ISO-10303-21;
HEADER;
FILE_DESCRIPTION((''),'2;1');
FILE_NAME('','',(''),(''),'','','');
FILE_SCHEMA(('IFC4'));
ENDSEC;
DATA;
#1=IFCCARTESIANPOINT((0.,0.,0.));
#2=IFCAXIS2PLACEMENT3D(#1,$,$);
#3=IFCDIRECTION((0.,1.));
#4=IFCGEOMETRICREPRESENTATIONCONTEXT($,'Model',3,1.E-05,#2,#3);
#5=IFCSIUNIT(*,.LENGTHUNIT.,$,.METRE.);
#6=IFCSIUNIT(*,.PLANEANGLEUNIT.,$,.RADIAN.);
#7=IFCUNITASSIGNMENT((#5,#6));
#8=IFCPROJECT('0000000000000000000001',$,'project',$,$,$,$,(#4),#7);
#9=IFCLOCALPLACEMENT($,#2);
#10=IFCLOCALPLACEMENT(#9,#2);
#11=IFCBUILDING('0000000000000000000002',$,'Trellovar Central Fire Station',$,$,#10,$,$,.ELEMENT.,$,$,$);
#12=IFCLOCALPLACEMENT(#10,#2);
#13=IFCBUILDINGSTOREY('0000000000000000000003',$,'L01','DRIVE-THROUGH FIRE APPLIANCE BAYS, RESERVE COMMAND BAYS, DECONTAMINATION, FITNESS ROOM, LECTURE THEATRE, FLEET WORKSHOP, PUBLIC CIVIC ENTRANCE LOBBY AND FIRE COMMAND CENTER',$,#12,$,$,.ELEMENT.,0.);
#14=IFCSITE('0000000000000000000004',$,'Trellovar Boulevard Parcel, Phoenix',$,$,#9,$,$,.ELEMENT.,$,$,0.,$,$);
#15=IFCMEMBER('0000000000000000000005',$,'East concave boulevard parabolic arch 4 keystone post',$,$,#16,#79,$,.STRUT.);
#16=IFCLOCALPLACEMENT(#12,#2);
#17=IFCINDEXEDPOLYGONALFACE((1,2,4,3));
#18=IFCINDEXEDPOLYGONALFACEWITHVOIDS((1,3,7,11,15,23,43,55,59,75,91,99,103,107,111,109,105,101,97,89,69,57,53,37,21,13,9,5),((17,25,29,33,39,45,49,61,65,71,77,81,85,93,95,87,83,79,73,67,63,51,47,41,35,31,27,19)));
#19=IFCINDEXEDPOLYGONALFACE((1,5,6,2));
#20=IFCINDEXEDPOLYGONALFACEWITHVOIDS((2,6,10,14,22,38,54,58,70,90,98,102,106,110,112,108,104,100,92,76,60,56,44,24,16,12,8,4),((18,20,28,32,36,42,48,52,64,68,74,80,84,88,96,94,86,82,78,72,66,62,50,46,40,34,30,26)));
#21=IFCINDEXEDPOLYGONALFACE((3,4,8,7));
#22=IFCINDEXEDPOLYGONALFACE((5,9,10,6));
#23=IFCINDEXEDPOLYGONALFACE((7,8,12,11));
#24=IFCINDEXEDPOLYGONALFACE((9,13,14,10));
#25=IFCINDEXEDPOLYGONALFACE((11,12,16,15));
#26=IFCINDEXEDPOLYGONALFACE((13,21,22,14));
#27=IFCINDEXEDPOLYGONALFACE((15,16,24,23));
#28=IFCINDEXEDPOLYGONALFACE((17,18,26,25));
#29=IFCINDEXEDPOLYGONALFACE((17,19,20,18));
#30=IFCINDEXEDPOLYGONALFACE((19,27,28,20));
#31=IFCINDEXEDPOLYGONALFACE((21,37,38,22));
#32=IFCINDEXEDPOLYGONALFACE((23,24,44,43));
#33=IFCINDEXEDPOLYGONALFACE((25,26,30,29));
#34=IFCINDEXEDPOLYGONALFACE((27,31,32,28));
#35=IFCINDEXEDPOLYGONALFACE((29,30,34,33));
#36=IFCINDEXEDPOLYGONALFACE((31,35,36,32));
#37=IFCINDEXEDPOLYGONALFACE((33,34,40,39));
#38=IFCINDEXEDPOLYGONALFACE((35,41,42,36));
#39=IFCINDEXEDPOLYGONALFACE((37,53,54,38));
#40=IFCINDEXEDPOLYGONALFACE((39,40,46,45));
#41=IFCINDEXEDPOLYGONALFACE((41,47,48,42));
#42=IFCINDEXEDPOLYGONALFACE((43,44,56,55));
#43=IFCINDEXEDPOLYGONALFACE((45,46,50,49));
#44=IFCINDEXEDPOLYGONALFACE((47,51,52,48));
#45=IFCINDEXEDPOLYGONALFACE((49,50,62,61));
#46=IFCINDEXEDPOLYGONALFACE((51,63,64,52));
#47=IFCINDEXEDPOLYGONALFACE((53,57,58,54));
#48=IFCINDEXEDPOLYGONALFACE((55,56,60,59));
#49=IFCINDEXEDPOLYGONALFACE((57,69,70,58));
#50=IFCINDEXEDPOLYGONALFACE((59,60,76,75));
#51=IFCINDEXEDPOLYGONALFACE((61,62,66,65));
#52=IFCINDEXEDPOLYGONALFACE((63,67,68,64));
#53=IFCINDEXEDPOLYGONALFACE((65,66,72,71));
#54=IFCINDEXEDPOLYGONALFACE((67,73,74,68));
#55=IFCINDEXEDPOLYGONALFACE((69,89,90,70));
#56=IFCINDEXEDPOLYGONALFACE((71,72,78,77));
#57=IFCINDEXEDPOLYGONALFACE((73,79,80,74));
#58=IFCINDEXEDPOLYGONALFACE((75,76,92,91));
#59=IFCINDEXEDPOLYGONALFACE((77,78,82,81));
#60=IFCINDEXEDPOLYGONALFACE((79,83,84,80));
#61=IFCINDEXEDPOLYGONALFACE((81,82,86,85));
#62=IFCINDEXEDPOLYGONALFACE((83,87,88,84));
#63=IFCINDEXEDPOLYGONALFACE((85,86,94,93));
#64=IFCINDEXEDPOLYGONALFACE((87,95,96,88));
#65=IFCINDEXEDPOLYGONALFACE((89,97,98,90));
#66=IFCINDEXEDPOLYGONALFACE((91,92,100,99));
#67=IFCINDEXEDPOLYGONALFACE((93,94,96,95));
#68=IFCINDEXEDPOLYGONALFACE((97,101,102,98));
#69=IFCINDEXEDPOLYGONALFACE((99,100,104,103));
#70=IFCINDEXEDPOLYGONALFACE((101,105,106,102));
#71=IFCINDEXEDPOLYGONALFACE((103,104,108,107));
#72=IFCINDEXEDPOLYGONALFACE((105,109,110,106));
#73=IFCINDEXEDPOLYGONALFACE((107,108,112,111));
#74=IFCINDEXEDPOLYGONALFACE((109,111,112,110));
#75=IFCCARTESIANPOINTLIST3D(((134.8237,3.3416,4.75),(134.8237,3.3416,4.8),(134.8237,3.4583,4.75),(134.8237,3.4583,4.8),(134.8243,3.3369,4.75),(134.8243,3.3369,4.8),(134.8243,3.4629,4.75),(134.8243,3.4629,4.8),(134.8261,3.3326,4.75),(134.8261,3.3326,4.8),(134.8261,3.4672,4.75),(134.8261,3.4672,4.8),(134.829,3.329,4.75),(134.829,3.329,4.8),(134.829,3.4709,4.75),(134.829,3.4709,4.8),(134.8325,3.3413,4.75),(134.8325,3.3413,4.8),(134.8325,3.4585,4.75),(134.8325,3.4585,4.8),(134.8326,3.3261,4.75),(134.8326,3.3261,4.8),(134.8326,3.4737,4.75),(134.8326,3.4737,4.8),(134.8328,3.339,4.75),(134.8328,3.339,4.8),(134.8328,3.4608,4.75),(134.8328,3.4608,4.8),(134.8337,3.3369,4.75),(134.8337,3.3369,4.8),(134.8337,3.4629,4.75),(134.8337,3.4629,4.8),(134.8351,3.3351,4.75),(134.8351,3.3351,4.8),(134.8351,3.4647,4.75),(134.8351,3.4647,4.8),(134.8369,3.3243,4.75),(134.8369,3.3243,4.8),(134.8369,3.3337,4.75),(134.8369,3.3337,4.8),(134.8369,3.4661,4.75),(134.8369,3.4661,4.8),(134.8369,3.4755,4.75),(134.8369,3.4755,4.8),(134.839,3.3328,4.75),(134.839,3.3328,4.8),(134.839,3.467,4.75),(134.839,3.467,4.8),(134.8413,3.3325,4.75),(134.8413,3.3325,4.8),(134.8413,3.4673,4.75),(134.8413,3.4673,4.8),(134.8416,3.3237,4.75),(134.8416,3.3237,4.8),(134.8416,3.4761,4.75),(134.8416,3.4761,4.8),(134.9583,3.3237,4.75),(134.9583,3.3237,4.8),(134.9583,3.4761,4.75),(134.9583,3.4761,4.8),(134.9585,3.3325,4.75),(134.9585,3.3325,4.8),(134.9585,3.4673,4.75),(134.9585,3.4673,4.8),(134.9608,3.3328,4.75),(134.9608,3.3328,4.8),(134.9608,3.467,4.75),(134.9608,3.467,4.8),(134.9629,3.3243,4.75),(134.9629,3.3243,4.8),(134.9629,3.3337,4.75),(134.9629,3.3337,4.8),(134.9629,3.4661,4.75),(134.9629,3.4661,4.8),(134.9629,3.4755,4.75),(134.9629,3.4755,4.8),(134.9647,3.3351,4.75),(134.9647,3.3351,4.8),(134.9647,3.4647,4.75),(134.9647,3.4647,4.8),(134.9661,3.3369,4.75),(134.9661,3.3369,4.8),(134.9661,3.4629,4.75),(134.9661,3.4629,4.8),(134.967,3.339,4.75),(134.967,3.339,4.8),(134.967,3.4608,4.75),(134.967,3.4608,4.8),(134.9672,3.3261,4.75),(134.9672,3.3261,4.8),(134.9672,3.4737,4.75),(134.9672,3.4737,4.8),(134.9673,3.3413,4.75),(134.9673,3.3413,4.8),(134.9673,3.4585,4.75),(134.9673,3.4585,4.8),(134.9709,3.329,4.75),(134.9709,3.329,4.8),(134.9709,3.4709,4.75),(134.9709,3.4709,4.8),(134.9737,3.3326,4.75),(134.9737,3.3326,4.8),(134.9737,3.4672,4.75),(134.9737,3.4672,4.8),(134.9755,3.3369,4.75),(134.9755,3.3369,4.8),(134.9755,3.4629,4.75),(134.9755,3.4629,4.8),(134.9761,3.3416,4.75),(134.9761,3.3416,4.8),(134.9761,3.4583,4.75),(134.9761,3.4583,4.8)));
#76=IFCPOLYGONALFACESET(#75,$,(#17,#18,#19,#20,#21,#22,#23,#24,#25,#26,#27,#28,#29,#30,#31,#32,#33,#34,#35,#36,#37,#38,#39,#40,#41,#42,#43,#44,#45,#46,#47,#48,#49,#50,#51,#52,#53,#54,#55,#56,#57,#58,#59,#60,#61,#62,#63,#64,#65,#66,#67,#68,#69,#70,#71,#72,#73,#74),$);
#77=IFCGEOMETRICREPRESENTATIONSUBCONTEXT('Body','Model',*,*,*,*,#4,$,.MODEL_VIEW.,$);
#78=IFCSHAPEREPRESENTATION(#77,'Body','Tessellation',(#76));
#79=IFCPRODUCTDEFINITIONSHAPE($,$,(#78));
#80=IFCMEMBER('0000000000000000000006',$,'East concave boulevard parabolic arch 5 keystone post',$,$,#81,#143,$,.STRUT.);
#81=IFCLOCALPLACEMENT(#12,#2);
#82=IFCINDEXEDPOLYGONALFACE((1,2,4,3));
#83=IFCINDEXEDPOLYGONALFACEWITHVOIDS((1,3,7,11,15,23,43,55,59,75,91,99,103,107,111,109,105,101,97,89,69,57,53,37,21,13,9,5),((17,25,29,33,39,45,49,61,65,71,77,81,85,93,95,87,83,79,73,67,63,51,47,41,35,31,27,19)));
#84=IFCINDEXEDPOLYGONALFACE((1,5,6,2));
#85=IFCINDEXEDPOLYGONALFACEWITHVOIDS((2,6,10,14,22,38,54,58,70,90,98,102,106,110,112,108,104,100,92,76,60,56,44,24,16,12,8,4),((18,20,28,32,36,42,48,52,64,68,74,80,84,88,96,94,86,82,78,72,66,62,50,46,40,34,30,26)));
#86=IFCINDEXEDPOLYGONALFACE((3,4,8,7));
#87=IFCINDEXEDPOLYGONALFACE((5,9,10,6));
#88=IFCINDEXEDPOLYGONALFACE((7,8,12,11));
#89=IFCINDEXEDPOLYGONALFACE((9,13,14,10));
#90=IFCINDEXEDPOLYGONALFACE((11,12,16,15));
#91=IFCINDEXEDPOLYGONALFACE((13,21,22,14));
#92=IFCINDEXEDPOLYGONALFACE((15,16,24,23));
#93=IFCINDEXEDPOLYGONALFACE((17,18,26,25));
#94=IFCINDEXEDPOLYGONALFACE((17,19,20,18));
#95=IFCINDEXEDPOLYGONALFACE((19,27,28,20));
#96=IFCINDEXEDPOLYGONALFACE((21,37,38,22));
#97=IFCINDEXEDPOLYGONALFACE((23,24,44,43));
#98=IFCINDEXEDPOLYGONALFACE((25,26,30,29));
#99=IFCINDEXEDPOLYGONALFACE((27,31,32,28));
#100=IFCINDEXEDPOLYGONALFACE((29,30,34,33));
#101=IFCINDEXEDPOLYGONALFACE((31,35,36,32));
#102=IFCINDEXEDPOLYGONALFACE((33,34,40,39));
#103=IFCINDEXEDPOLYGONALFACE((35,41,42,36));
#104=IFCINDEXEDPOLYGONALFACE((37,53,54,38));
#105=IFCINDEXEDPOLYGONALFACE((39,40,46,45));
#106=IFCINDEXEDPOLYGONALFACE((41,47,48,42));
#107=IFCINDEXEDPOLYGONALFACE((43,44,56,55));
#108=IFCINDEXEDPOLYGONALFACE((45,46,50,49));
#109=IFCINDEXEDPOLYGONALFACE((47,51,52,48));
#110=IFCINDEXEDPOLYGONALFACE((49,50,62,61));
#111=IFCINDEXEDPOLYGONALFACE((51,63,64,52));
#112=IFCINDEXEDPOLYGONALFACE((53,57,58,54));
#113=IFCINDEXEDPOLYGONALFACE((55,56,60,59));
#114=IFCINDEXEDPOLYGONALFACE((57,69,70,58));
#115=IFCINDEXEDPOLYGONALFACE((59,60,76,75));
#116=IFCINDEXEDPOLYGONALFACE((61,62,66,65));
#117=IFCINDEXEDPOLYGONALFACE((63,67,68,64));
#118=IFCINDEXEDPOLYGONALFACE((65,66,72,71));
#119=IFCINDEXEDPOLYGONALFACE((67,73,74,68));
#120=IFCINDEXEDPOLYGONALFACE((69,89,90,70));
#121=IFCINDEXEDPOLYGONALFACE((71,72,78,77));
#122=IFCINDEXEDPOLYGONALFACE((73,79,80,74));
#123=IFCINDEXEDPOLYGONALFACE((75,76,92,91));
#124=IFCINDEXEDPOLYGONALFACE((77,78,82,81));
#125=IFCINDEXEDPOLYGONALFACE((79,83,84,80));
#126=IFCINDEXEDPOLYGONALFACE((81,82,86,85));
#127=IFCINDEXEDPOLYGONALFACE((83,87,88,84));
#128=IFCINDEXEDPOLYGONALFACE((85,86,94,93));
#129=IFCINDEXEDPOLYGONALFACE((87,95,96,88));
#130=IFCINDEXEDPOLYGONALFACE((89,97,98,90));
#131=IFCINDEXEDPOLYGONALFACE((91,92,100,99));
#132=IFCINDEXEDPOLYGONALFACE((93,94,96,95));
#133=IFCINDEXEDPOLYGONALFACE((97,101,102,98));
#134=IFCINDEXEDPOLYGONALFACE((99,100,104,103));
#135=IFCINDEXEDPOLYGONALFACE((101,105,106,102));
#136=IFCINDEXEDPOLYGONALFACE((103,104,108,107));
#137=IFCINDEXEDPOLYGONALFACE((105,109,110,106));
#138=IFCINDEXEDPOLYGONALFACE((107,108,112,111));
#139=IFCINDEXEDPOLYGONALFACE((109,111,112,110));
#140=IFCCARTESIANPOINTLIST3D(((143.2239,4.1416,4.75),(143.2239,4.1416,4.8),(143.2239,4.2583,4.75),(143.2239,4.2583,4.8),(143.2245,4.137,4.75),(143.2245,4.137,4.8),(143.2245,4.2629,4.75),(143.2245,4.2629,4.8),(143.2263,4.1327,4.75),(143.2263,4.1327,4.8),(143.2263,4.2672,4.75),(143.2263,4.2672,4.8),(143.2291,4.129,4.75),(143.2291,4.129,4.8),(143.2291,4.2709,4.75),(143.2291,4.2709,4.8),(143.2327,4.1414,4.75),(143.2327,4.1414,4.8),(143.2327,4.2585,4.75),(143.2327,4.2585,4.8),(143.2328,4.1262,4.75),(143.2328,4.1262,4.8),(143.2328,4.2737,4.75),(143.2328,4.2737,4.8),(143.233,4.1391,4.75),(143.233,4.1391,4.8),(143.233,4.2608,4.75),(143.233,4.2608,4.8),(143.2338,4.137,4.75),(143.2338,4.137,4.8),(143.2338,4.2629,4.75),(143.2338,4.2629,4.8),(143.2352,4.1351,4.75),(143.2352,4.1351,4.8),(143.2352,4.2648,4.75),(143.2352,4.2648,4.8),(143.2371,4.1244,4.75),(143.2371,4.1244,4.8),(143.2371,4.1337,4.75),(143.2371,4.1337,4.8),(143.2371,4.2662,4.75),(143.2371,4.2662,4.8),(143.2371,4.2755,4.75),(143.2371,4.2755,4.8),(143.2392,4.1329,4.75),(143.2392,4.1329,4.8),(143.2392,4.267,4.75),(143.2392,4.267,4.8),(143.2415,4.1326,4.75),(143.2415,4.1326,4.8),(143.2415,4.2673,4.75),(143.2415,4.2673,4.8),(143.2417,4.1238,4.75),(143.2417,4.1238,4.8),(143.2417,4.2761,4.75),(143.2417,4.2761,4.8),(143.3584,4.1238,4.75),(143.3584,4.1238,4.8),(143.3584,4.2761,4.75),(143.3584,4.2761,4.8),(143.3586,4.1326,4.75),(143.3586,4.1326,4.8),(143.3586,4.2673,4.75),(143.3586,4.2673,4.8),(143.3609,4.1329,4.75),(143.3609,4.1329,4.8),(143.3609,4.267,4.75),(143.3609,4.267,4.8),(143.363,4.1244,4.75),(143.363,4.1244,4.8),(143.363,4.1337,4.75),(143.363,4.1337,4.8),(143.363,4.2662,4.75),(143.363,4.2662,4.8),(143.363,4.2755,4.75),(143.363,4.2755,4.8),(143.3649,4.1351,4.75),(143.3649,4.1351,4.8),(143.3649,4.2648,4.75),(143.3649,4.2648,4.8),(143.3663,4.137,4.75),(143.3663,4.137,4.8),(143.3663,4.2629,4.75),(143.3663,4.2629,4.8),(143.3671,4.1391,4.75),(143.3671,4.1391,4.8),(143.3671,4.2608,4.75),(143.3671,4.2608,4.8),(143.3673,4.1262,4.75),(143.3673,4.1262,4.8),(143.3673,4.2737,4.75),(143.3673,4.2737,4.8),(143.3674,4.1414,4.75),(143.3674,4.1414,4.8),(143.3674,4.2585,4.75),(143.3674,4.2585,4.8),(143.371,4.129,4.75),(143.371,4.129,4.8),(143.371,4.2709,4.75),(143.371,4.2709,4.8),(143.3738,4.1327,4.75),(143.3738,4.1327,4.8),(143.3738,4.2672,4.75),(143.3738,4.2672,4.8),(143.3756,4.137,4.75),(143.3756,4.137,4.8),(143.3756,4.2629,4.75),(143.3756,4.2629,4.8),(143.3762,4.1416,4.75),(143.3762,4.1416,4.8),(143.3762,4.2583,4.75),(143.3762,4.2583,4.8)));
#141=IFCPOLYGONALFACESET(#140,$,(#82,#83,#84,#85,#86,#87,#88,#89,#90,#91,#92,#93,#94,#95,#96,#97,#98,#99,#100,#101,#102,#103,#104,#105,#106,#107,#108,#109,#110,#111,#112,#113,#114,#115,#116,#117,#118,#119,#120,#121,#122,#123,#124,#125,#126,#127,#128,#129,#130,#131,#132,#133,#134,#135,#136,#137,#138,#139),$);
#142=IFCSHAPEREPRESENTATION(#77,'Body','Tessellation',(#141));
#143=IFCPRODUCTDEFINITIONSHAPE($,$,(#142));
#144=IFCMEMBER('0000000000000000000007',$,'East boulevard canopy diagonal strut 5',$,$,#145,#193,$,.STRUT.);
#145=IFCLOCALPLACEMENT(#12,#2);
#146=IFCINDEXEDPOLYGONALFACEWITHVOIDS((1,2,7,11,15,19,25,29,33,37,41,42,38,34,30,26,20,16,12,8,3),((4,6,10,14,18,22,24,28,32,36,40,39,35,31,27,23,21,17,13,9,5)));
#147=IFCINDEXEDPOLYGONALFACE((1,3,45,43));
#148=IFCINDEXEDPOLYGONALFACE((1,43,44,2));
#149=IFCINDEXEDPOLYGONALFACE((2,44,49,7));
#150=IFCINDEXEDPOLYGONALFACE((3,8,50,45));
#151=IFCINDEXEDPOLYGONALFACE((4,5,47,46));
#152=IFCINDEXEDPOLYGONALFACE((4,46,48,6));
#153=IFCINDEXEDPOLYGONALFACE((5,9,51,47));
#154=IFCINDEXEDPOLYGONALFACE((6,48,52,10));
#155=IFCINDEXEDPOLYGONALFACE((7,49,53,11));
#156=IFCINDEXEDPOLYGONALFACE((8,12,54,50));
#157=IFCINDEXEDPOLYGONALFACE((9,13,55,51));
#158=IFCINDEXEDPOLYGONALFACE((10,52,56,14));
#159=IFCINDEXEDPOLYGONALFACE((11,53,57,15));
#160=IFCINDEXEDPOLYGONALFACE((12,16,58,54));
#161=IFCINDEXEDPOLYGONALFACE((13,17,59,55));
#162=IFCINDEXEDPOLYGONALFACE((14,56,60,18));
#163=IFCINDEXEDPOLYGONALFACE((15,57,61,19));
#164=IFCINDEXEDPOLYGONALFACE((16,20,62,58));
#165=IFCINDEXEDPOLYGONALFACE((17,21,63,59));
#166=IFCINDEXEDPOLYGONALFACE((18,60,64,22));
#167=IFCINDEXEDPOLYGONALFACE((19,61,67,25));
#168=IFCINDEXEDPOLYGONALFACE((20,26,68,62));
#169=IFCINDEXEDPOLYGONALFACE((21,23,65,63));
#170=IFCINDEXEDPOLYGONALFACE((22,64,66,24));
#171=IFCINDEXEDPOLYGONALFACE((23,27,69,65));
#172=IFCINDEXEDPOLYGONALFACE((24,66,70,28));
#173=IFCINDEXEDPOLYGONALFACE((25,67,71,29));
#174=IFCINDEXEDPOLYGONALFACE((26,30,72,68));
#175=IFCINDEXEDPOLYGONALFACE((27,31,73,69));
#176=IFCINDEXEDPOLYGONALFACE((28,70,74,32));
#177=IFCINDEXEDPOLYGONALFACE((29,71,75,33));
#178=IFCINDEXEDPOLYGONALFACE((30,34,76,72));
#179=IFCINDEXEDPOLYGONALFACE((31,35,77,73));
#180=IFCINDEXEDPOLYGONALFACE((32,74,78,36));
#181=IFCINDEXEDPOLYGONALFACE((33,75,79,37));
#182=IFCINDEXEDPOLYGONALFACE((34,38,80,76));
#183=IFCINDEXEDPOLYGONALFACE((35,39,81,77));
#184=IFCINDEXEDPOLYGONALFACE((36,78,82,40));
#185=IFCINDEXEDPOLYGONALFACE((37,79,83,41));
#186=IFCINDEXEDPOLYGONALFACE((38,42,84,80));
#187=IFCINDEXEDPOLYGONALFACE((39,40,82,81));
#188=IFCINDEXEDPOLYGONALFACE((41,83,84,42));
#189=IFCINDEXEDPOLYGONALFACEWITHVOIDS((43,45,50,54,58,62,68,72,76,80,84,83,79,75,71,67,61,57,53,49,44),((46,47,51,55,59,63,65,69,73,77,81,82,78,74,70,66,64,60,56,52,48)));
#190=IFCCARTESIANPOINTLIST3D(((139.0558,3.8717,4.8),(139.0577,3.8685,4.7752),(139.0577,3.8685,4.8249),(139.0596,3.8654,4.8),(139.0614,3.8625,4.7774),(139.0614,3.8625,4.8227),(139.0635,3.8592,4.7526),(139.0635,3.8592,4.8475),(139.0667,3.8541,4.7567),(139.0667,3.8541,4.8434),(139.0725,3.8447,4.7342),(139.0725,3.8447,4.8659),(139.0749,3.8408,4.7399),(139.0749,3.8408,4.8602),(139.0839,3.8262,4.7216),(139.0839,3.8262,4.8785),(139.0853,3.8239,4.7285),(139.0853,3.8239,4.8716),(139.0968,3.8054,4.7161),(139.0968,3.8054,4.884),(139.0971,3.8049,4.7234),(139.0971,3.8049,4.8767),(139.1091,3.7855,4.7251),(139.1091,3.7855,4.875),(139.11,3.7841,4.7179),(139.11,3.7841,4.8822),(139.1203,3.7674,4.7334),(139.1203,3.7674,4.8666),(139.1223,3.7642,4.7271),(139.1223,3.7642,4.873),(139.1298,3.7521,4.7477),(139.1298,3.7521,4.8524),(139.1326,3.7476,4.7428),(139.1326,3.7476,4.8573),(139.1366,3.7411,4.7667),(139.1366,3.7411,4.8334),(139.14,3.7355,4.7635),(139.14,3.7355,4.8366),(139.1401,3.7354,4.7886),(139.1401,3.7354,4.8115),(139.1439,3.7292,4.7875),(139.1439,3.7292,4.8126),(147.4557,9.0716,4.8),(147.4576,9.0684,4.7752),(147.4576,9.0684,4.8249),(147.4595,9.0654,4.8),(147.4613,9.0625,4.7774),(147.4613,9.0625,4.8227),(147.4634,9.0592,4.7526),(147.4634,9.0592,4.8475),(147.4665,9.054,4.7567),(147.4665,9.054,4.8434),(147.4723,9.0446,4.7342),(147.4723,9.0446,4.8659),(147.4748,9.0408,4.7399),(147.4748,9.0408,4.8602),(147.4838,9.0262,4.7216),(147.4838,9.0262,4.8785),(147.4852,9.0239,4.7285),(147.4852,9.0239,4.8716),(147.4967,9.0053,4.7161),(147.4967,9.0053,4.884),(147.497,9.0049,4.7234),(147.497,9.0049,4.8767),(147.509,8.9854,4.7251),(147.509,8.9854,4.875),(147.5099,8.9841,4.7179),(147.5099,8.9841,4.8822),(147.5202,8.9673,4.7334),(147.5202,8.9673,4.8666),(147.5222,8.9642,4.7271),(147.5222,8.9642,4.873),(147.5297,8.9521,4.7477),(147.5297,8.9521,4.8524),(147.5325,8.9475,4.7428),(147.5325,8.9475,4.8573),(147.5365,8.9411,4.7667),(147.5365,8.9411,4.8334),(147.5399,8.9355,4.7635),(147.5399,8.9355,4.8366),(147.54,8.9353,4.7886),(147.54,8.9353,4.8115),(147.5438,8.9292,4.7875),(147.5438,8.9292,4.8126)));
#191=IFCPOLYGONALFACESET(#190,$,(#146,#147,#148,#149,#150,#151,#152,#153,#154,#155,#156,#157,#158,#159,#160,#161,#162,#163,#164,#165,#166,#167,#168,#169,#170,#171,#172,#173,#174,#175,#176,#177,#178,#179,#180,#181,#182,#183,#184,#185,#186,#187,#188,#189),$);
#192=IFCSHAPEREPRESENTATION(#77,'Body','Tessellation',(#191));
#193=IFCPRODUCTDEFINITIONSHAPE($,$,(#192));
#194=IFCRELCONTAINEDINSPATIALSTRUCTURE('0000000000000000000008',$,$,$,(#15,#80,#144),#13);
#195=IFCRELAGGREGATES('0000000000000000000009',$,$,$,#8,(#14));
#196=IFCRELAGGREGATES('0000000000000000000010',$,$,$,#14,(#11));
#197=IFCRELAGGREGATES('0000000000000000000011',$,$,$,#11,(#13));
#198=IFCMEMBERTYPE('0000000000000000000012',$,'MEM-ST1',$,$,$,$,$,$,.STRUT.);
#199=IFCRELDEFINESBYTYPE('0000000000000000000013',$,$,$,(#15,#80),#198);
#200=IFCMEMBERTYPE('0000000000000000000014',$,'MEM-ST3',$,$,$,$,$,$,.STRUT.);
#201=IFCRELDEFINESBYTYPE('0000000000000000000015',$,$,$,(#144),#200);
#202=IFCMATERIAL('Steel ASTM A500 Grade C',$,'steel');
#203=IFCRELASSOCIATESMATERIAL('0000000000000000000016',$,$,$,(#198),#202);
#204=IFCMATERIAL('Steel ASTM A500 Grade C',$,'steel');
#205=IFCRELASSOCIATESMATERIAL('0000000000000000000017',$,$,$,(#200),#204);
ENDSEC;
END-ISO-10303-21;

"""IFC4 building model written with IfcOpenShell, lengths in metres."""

from ifc_helpers import new_model, si_unit, direction, frame, origin, origin_2d, place, context, subcontext, project, spatial, hollow_rectangle, hollow_circle, extrude, material, material_profile, profile_set, type_object, element, save


model = new_model("IFC4")

# Units and contexts
model_context = context("Model", 3, precision=1e-05, world=origin(), true_north=direction((0.0, 1.0)))
body_context = subcontext(model_context, "Body", "Model", "MODEL_VIEW")
ifc_project = project(units=[si_unit("LENGTHUNIT", "METRE"), si_unit("PLANEANGLEUNIT", "RADIAN")], contexts=[model_context])

# Site, building, storey
site_placement = place(None, origin())
site = spatial("IfcSite", under=ifc_project, at=site_placement, Name="Trellovar Boulevard Parcel, Phoenix", CompositionType="ELEMENT", RefElevation=0.0)
building_placement = place(site_placement, origin())
building = spatial("IfcBuilding", under=site, at=building_placement, Name="Trellovar Central Fire Station", CompositionType="ELEMENT")
storey_placement = place(building_placement, origin())
storey = spatial("IfcBuildingStorey", under=building, at=storey_placement, Name="L01", Description="DRIVE-THROUGH FIRE APPLIANCE BAYS, RESERVE COMMAND BAYS, DECONTAMINATION, FITNESS ROOM, LECTURE THEATRE, FLEET WORKSHOP, PUBLIC CIVIC ENTRANCE LOBBY AND FIRE COMMAND CENTER", CompositionType="ELEMENT", Elevation=0.0)

# Members
ifc_material_1 = material(Name="Steel ASTM A500 Grade C", Category="steel")
ifc_material_profile_1 = material_profile(ifc_material_1, hollow_rectangle(XDim=0.1523, YDim=0.1523, WallThickness=0.0088, InnerFilletRadius=0.0088, OuterFilletRadius=0.0178, at=origin_2d()), Name="HSS6X6X3/8")
ifc_profile_set_1 = profile_set([ifc_material_profile_1], Name="Steel ASTM A500 Grade C")
member_type_1 = type_object("IfcMemberType", Name="MEM-ST1", PredefinedType="STRUT", material=ifc_profile_set_1)
for number, where, z_axis, x_axis, name in (
    (1, (134.8999, 3.3999, 4.8), (0.0, 0.0, -1.0), (1.0, 0.0, 0.0), "East concave boulevard parabolic arch 4 keystone post"),
    (2, (143.3, 4.2, 4.8), (0.0, 0.0, -1.0), (1.0, 0.0, 0.0), "East concave boulevard parabolic arch 5 keystone post"),
):
    element("IfcMember", number, at=place(storey_placement, frame(where, z_axis=z_axis, x_axis=x_axis)), inside=storey, type_object=member_type_1, Name=name, PredefinedType="STRUT", context=body_context, shape_type="SweptSolid", body=[
        extrude(hollow_rectangle(XDim=0.1523, YDim=0.1523, WallThickness=0.0088, InnerFilletRadius=0.0088, OuterFilletRadius=0.0178, at=origin_2d()), origin(), (0.0, 0.0, 1.0), 0.05),
    ])
ifc_material_2 = material(Name="Steel ASTM A500 Grade C", Category="steel")
ifc_material_profile_2 = material_profile(ifc_material_2, hollow_circle(Radius=0.0842, WallThickness=0.0073, at=origin_2d()), Name="HSS6.625X0.312")
ifc_profile_set_2 = profile_set([ifc_material_profile_2], Name="Steel ASTM A500 Grade C")
member_type_2 = type_object("IfcMemberType", Name="MEM-ST3", PredefinedType="STRUT", material=ifc_profile_set_2)
member_1_placement = place(storey_placement, frame((139.1001, 3.8, 4.8), z_axis=(0.850265, 0.526355, 0.0), x_axis=(-0.526355, 0.850265, 0.0)))
element("IfcMember", 3, at=member_1_placement, inside=storey, type_object=member_type_2, Name="East boulevard canopy diagonal strut 5", PredefinedType="STRUT", context=body_context, shape_type="SweptSolid", body=[
    extrude(hollow_circle(Radius=0.0842, WallThickness=0.0073, at=origin_2d()), origin(), (0.0, 0.0, 1.0), 9.8792),
])

save(model, "model.ifc")
